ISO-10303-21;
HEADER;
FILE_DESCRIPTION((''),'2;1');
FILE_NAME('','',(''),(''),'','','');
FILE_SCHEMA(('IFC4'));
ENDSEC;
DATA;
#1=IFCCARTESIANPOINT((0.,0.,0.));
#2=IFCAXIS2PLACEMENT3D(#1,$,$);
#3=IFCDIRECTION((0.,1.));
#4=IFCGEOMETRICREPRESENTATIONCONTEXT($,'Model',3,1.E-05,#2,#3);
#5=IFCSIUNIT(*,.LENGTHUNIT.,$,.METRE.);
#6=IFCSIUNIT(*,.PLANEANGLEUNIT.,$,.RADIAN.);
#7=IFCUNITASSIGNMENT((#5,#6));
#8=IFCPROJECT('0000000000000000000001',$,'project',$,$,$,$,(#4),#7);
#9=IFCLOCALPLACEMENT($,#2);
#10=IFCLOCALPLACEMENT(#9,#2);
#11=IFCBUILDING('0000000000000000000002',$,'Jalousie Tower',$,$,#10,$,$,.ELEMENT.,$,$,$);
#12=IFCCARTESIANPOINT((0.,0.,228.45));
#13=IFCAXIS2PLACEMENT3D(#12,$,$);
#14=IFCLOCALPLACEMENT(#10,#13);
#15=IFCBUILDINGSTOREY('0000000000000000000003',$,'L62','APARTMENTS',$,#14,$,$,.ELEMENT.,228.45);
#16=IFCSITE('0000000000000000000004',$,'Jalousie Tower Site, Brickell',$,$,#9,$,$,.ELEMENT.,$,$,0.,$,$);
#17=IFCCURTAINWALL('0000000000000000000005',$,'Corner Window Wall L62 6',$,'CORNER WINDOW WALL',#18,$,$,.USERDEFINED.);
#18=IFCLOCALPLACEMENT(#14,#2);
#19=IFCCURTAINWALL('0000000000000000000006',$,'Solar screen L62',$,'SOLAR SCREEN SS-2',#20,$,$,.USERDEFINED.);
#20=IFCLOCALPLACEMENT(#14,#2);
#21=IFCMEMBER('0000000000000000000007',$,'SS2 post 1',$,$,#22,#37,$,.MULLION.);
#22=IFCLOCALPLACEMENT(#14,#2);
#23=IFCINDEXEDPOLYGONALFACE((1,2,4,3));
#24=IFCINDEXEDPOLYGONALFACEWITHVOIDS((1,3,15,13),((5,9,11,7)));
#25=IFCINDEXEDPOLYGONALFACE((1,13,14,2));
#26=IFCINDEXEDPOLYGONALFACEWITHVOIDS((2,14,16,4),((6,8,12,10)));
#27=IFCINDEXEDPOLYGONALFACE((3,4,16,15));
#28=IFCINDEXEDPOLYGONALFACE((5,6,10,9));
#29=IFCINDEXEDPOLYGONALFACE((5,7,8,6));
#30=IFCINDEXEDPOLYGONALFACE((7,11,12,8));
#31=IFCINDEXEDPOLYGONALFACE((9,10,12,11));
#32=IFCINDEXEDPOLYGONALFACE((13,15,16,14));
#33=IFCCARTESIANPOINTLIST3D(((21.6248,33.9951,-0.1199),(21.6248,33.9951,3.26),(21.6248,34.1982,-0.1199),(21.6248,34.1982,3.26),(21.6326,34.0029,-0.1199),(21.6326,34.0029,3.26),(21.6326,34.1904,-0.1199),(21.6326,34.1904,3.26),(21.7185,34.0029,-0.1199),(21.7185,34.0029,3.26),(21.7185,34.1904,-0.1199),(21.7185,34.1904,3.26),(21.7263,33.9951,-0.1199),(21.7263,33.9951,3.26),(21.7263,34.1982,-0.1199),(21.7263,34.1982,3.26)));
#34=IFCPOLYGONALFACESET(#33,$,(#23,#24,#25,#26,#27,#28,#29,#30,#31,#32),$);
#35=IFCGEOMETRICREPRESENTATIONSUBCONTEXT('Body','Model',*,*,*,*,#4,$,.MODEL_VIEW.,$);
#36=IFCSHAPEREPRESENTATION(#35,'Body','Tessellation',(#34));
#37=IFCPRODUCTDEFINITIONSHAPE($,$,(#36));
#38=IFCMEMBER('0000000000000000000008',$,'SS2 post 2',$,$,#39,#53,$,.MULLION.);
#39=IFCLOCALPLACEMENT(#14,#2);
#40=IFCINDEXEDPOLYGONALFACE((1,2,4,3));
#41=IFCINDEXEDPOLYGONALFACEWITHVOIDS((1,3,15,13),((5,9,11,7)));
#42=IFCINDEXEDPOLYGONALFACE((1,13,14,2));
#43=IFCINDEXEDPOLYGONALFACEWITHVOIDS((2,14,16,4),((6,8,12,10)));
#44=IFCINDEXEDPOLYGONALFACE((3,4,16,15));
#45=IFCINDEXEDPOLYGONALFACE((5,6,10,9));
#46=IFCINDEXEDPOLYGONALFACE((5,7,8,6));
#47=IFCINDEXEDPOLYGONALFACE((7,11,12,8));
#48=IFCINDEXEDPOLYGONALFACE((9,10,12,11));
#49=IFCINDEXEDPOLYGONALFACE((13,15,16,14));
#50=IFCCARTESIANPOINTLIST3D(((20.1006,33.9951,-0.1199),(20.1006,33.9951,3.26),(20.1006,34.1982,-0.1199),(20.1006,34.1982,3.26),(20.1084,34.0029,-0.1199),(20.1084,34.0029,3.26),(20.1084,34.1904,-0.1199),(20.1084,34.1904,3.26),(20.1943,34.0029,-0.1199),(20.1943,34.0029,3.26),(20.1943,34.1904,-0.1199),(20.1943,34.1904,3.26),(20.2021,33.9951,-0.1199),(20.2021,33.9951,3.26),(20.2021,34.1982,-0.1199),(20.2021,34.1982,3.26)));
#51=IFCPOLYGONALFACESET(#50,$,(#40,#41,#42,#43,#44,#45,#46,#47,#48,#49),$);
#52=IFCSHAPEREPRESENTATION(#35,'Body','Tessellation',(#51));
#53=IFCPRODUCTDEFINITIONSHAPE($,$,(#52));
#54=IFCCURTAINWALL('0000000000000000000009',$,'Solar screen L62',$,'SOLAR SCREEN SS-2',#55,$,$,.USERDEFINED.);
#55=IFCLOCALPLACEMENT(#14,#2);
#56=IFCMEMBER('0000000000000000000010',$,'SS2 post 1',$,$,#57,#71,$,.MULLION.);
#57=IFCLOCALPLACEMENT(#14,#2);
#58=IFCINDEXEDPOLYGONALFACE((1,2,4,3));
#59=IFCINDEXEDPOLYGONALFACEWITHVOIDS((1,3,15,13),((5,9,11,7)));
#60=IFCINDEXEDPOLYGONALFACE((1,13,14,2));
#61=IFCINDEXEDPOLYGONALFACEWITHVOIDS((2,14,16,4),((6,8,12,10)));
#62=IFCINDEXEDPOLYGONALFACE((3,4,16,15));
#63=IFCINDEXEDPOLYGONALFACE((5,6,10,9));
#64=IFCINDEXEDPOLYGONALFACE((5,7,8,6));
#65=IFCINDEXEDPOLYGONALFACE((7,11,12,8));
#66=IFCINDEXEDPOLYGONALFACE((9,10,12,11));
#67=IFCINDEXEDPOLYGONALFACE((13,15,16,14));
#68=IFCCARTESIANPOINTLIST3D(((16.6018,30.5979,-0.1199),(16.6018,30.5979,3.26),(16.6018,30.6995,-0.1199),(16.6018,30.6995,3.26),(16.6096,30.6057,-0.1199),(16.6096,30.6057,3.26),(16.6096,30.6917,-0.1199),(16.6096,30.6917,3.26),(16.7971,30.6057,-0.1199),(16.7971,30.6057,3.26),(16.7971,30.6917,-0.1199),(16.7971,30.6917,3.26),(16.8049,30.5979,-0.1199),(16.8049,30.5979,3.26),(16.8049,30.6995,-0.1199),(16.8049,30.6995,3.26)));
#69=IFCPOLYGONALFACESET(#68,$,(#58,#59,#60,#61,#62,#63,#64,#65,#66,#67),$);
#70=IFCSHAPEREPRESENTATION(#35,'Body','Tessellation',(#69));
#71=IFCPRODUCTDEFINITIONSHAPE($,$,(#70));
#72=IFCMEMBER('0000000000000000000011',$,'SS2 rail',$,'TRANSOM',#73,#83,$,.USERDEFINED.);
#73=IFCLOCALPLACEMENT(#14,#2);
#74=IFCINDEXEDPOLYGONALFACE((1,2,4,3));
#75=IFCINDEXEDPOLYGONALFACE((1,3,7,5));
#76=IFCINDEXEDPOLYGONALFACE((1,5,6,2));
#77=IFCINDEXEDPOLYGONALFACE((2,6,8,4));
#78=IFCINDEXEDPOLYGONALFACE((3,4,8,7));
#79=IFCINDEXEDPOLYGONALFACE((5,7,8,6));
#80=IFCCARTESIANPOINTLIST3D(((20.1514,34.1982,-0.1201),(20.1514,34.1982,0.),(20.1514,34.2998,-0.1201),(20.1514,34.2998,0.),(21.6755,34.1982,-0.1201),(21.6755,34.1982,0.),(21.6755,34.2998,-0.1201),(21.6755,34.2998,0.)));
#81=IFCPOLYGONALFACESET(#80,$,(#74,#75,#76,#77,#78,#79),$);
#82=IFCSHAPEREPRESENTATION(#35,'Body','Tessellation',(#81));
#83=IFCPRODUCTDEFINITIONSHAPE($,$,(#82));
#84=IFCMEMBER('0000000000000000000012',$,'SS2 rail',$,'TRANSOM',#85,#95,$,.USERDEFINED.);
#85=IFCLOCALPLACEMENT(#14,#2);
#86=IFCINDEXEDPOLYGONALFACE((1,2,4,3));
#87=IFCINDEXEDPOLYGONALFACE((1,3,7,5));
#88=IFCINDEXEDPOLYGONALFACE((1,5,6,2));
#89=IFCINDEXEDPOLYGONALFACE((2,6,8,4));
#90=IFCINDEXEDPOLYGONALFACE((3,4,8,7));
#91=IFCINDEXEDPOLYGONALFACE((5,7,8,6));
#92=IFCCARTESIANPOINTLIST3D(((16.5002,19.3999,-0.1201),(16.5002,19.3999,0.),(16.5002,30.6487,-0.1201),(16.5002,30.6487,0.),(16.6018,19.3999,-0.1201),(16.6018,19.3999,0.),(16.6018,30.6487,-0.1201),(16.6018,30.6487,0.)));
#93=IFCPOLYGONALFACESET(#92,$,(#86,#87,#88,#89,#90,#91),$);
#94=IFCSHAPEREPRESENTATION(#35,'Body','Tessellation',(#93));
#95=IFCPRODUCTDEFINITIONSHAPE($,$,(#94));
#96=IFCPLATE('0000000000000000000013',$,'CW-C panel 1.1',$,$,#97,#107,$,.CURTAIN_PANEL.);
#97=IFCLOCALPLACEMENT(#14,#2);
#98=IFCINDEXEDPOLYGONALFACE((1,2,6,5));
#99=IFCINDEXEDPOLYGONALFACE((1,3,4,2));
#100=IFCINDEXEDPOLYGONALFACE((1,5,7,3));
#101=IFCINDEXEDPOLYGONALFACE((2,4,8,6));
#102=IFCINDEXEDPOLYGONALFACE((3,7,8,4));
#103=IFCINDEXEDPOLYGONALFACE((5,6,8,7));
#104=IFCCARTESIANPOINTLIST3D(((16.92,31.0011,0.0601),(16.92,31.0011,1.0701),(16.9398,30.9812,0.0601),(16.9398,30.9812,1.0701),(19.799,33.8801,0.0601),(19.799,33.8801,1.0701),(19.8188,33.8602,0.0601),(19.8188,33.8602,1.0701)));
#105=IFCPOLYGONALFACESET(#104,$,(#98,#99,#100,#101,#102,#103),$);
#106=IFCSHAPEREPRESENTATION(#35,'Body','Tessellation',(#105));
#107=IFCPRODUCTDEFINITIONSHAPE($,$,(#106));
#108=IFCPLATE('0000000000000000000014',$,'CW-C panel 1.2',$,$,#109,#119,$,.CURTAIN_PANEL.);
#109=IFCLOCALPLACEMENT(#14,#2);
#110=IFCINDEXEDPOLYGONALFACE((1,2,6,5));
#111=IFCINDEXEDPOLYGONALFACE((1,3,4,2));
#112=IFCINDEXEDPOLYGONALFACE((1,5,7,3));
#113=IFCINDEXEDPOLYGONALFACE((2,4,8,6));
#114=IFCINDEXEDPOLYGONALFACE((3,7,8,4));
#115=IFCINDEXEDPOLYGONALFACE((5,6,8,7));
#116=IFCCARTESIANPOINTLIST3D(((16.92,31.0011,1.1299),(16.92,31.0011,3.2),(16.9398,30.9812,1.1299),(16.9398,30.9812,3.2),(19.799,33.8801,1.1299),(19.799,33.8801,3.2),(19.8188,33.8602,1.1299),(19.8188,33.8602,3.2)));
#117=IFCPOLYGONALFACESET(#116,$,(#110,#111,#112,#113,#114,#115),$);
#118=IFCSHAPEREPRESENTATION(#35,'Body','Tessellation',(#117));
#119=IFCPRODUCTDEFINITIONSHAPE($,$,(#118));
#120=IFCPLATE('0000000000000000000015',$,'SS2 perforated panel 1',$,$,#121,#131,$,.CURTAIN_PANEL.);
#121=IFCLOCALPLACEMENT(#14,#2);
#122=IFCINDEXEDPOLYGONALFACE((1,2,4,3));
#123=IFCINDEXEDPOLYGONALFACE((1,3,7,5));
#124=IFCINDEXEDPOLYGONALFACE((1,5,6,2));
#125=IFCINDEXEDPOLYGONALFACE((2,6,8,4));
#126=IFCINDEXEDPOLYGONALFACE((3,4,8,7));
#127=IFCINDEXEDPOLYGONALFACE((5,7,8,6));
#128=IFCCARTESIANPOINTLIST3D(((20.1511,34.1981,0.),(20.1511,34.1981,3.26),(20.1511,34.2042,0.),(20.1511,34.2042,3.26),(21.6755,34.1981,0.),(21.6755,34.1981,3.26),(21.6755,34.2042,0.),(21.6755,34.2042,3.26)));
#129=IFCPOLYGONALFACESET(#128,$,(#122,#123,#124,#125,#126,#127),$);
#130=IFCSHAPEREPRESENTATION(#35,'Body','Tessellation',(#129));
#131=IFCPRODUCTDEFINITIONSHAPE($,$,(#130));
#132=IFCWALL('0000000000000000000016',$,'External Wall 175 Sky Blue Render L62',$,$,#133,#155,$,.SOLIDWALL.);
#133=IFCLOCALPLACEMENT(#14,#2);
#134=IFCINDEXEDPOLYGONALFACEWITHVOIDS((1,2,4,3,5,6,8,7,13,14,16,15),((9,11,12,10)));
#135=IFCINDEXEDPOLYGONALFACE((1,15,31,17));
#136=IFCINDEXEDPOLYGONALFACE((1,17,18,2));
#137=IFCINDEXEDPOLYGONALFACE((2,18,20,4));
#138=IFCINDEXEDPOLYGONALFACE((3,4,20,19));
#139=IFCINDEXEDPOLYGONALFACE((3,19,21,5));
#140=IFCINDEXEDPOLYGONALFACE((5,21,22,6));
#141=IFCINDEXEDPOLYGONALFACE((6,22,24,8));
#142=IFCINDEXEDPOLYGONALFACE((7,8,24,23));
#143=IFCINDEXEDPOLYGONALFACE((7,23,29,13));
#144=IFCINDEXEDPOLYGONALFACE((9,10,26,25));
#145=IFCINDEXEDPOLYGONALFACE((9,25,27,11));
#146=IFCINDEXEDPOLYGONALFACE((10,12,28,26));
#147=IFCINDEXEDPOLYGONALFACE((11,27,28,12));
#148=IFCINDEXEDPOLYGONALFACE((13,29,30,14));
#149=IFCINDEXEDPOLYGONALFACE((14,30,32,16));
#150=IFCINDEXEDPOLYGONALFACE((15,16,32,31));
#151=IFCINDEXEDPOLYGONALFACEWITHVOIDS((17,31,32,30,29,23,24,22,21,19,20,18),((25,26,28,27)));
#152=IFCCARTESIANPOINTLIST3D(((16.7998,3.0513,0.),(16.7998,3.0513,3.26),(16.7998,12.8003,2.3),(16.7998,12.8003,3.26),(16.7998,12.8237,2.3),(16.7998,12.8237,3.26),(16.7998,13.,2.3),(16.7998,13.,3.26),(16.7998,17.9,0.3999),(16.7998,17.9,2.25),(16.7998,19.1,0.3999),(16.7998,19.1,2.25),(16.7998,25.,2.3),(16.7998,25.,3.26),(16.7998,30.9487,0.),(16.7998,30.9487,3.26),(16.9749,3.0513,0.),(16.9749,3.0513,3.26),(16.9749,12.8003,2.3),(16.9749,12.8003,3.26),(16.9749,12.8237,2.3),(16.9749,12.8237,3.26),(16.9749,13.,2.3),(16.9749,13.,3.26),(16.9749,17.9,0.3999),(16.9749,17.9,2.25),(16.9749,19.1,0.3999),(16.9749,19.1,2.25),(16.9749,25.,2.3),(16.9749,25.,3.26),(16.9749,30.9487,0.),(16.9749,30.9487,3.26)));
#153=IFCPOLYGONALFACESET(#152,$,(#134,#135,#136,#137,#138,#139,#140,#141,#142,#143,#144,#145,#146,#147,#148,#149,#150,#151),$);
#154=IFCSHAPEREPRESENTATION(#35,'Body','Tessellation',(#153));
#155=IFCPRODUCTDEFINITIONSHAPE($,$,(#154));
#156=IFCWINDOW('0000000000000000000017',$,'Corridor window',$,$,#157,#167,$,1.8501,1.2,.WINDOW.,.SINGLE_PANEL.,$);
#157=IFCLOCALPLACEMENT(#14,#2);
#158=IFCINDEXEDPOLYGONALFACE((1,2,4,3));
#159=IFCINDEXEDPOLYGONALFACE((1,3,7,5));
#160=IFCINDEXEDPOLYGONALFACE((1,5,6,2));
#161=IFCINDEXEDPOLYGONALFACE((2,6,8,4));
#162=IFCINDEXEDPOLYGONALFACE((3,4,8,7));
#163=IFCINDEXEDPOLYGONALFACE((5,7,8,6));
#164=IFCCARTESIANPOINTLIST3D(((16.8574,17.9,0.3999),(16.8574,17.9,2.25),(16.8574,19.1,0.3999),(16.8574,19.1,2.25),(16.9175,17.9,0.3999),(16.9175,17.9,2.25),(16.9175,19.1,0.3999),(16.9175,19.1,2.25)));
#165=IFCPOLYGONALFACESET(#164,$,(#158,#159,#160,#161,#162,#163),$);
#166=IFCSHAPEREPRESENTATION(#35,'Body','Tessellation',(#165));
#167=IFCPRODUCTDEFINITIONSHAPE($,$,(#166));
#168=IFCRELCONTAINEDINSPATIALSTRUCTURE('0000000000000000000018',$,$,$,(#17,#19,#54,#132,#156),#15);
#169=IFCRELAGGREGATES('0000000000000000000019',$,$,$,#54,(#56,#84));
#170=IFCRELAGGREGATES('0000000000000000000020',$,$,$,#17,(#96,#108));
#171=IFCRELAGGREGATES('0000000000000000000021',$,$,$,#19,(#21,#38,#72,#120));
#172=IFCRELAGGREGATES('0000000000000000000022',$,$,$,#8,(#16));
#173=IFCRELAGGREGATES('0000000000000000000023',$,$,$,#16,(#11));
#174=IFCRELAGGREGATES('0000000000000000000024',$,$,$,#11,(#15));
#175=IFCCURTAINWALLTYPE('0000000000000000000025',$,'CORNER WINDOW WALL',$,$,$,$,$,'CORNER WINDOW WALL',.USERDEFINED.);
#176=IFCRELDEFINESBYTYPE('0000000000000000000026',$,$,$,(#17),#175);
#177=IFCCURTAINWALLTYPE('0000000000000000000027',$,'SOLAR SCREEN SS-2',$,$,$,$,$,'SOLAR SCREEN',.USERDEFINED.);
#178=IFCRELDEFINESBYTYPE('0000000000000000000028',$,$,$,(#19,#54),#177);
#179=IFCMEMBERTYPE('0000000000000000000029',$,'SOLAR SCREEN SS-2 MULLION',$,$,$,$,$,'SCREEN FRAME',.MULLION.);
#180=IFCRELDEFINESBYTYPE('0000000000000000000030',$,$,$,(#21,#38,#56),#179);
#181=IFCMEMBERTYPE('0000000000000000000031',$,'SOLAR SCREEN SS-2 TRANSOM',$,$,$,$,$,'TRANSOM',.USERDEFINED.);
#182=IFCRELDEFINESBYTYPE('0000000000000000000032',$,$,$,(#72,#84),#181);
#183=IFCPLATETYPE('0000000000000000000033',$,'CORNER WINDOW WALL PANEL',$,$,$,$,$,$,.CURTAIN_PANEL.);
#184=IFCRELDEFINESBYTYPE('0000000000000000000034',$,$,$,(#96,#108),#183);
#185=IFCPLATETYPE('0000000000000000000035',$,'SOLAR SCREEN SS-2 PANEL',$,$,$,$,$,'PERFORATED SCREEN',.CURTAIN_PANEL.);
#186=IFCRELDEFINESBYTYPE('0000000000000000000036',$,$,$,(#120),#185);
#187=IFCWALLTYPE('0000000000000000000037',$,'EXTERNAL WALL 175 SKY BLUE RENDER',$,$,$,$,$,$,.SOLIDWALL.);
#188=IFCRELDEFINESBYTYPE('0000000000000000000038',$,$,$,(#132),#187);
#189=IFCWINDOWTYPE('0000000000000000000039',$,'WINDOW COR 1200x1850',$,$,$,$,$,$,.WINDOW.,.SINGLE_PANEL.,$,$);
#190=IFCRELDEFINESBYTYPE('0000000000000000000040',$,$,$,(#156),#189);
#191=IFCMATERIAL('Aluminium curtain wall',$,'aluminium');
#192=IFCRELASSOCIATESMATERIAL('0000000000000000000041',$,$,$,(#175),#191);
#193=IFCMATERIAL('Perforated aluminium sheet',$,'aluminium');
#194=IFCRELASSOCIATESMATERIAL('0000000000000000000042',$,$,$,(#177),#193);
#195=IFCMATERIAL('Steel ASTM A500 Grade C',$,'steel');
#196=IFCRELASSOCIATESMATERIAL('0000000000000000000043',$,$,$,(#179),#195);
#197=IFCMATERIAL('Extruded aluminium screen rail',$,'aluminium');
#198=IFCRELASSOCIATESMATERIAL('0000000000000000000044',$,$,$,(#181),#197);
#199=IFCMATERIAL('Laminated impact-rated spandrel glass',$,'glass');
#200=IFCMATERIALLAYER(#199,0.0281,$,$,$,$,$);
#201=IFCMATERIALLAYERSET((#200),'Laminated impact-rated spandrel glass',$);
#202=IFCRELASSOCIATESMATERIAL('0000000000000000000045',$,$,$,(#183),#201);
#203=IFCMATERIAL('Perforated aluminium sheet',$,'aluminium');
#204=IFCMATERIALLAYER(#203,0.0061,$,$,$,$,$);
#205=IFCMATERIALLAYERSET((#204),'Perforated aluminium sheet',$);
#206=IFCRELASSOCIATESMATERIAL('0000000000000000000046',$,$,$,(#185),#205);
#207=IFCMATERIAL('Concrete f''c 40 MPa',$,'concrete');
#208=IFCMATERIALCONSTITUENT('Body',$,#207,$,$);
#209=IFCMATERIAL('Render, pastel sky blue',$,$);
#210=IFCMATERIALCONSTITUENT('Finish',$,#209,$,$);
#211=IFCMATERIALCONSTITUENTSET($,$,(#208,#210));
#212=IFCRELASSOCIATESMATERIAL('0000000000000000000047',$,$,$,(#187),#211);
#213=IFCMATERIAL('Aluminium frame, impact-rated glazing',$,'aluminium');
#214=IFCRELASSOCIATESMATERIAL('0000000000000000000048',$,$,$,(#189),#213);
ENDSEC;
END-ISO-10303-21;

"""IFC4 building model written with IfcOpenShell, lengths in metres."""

from ifc_helpers import new_model, si_unit, direction, frame, frame_2d, origin, origin_2d, place, context, subcontext, project, spatial, polyline, rectangle, hollow_rectangle, outline, extrude, material, layer, layer_set, constituent, constituent_set, material_profile, profile_set, type_object, element, fill, aggregate, save


model = new_model("IFC4")

# Units and contexts
model_context = context("Model", 3, precision=1e-05, world=origin(), true_north=direction((0.0, 1.0)))
body_context = subcontext(model_context, "Body", "Model", "MODEL_VIEW")
ifc_project = project(units=[si_unit("LENGTHUNIT", "METRE"), si_unit("PLANEANGLEUNIT", "RADIAN")], contexts=[model_context])

# Site, building, storey
site_placement = place(None, origin())
site = spatial("IfcSite", under=ifc_project, at=site_placement, Name="Jalousie Tower Site, Brickell", CompositionType="ELEMENT", RefElevation=0.0)
building_placement = place(site_placement, origin())
building = spatial("IfcBuilding", under=site, at=building_placement, Name="Jalousie Tower", CompositionType="ELEMENT")
storey_placement = place(building_placement, frame((0.0, 0.0, 228.45)))
storey = spatial("IfcBuildingStorey", under=building, at=storey_placement, Name="L62", Description="APARTMENTS", CompositionType="ELEMENT", Elevation=228.45)

# Curtain wall
ifc_material_1 = material(Name="Aluminium curtain wall", Category="aluminium")
curtain_wall_type_1 = type_object("IfcCurtainWallType", Name="CORNER WINDOW WALL", ElementType="CORNER WINDOW WALL", PredefinedType="USERDEFINED", material=ifc_material_1)
curtain_wall_1_placement = place(storey_placement, origin())
curtain_wall_1 = element("IfcCurtainWall", 1, at=curtain_wall_1_placement, inside=storey, type_object=curtain_wall_type_1, Name="Corner Window Wall L62 6", ObjectType="CORNER WINDOW WALL", PredefinedType="USERDEFINED")

# Curtain wall, members
ifc_material_2 = material(Name="Perforated aluminium sheet", Category="aluminium")
curtain_wall_type_2 = type_object("IfcCurtainWallType", Name="SOLAR SCREEN SS-2", ElementType="SOLAR SCREEN", PredefinedType="USERDEFINED", material=ifc_material_2)
curtain_wall_2_placement = place(storey_placement, origin())
curtain_wall_2 = element("IfcCurtainWall", 2, at=curtain_wall_2_placement, inside=storey, type_object=curtain_wall_type_2, Name="Solar screen L62", ObjectType="SOLAR SCREEN SS-2", PredefinedType="USERDEFINED")
ifc_material_3 = material(Name="Steel ASTM A500 Grade C", Category="steel")
ifc_material_profile_1 = material_profile(ifc_material_3, hollow_rectangle(XDim=0.1016, YDim=0.2031, WallThickness=0.0078, at=origin_2d()), Name="HSS8X4X5/16")
ifc_profile_set_1 = profile_set([ifc_material_profile_1], Name="Steel ASTM A500 Grade C")
member_type_1 = type_object("IfcMemberType", Name="SOLAR SCREEN SS-2 MULLION", ElementType="SCREEN FRAME", PredefinedType="MULLION", material=ifc_profile_set_1)
member_1_placement = place(storey_placement, frame((21.6755, 34.0967, -0.1199), z_axis=(0.0, 0.0, 1.0), x_axis=(-1.0, 0.0, 0.0)))
member_1 = element("IfcMember", 3, at=member_1_placement, type_object=member_type_1, Name="SS2 post 1", PredefinedType="MULLION", context=body_context, shape_type="SweptSolid", body=[
    extrude(hollow_rectangle(XDim=0.1016, YDim=0.2031, WallThickness=0.0078, at=origin_2d()), origin(), (0.0, 0.0, 1.0), 3.3799),
])
member_2_placement = place(storey_placement, frame((20.1514, 34.0967, -0.1199), z_axis=(0.0, 0.0, 1.0), x_axis=(-1.0, 0.0, 0.0)))
member_2 = element("IfcMember", 4, at=member_2_placement, type_object=member_type_1, Name="SS2 post 2", PredefinedType="MULLION", context=body_context, shape_type="SweptSolid", body=[
    extrude(hollow_rectangle(XDim=0.1016, YDim=0.2031, WallThickness=0.0078, at=origin_2d()), origin(), (0.0, 0.0, 1.0), 3.3799),
])

# Curtain wall, member
curtain_wall_3_placement = place(storey_placement, origin())
curtain_wall_3 = element("IfcCurtainWall", 5, at=curtain_wall_3_placement, inside=storey, type_object=curtain_wall_type_2, Name="Solar screen L62", ObjectType="SOLAR SCREEN SS-2", PredefinedType="USERDEFINED")
member_3_placement = place(storey_placement, frame((16.7034, 30.6487, -0.1199), z_axis=(0.0, 0.0, 1.0), x_axis=(0.0, -1.0, 0.0)))
member_3 = element("IfcMember", 6, at=member_3_placement, type_object=member_type_1, Name="SS2 post 1", PredefinedType="MULLION", context=body_context, shape_type="SweptSolid", body=[
    extrude(hollow_rectangle(XDim=0.1016, YDim=0.2031, WallThickness=0.0078, at=origin_2d()), origin(), (0.0, 0.0, 1.0), 3.3799),
])

# Members
ifc_material_4 = material(Name="Extruded aluminium screen rail", Category="aluminium")
ifc_material_profile_2 = material_profile(ifc_material_4, rectangle(XDim=0.1016, YDim=0.1201, at=origin_2d()), Name="RAIL 102x120")
ifc_profile_set_2 = profile_set([ifc_material_profile_2], Name="Extruded aluminium screen rail")
member_type_2 = type_object("IfcMemberType", Name="SOLAR SCREEN SS-2 TRANSOM", ElementType="TRANSOM", PredefinedType="USERDEFINED", material=ifc_profile_set_2)
member_4_placement = place(storey_placement, frame((21.6755, 34.249, -0.0601), z_axis=(-1.0, 0.0, 0.0), x_axis=(0.0, -1.0, 0.0)))
member_4 = element("IfcMember", 7, at=member_4_placement, type_object=member_type_2, Name="SS2 rail", ObjectType="TRANSOM", PredefinedType="USERDEFINED", context=body_context, shape_type="SweptSolid", body=[
    extrude(rectangle(XDim=0.1016, YDim=0.1201, at=origin_2d()), origin(), (0.0, 0.0, 1.0), 1.5242),
])
member_5_placement = place(storey_placement, frame((16.551, 30.6487, -0.0601), z_axis=(0.0, -1.0, 0.0), x_axis=(1.0, 0.0, 0.0)))
member_5 = element("IfcMember", 8, at=member_5_placement, type_object=member_type_2, Name="SS2 rail", ObjectType="TRANSOM", PredefinedType="USERDEFINED", context=body_context, shape_type="SweptSolid", body=[
    extrude(rectangle(XDim=0.1016, YDim=0.1201, at=origin_2d()), origin(), (0.0, 0.0, 1.0), 11.2488),
])
aggregate(curtain_wall_3, [member_3, member_5])

# Plates
ifc_material_5 = material(Name="Laminated impact-rated spandrel glass", Category="glass")
ifc_layer_1 = layer(ifc_material_5, 0.0281)
ifc_layer_set_1 = layer_set([ifc_layer_1], Name="Laminated impact-rated spandrel glass")
plate_type_1 = type_object("IfcPlateType", Name="CORNER WINDOW WALL PANEL", PredefinedType="CURTAIN_PANEL", material=ifc_layer_set_1)
plate_1_placement = place(storey_placement, frame((18.3694, 32.4307, 0.0601), z_axis=(0.0, 0.0, 1.0), x_axis=(-0.707107, -0.707107, 0.0)))
plate_1 = element("IfcPlate", 9, at=plate_1_placement, type_object=plate_type_1, Name="CW-C panel 1.1", PredefinedType="CURTAIN_PANEL", context=body_context, shape_type="SweptSolid", body=[
    extrude(rectangle(XDim=4.0715, YDim=0.0281, at=origin_2d()), origin(), (0.0, 0.0, 1.0), 1.01),
])
plate_2_placement = place(storey_placement, frame((18.3694, 32.4307, 1.1299), z_axis=(0.0, 0.0, 1.0), x_axis=(-0.707107, -0.707107, 0.0)))
plate_2 = element("IfcPlate", 10, at=plate_2_placement, type_object=plate_type_1, Name="CW-C panel 1.2", PredefinedType="CURTAIN_PANEL", context=body_context, shape_type="SweptSolid", body=[
    extrude(rectangle(XDim=4.0715, YDim=0.0281, at=origin_2d()), origin(), (0.0, 0.0, 1.0), 2.0701),
])
aggregate(curtain_wall_1, [plate_1, plate_2])
ifc_material_6 = material(Name="Perforated aluminium sheet", Category="aluminium")
ifc_layer_2 = layer(ifc_material_6, 0.0061)
ifc_layer_set_2 = layer_set([ifc_layer_2], Name="Perforated aluminium sheet")
plate_type_2 = type_object("IfcPlateType", Name="SOLAR SCREEN SS-2 PANEL", ElementType="PERFORATED SCREEN", PredefinedType="CURTAIN_PANEL", material=ifc_layer_set_2)
plate_3_placement = place(storey_placement, frame((20.9133, 34.2012, 0.0), z_axis=(0.0, 0.0, 1.0), x_axis=(-1.0, 0.0, 0.0)))
plate_3 = element("IfcPlate", 11, at=plate_3_placement, type_object=plate_type_2, Name="SS2 perforated panel 1", PredefinedType="CURTAIN_PANEL", context=body_context, shape_type="SweptSolid", body=[
    extrude(rectangle(XDim=1.5244, YDim=0.0061, at=origin_2d()), origin(), (0.0, 0.0, 1.0), 3.26),
])
aggregate(curtain_wall_2, [member_1, member_2, member_4, plate_3])

# Wall, opening, window
ifc_material_7 = material(Name="Concrete f'c 40 MPa", Category="concrete")
ifc_constituent_1 = constituent(ifc_material_7, Name="Body")
ifc_material_8 = material(Name="Render, pastel sky blue")
ifc_constituent_2 = constituent(ifc_material_8, Name="Finish")
ifc_constituent_set_1 = constituent_set(constituents=[ifc_constituent_1, ifc_constituent_2])
wall_type_1 = type_object("IfcWallType", Name="EXTERNAL WALL 175 SKY BLUE RENDER", PredefinedType="SOLIDWALL", material=ifc_constituent_set_1)
wall_1_placement = place(storey_placement, frame((16.8875, 30.9487, 0.0), z_axis=(0.0, 0.0, 1.0), x_axis=(0.0, -1.0, 0.0)))
wall_1 = element("IfcWall", 12, at=wall_1_placement, inside=storey, type_object=wall_type_1, Name="External Wall 175 Sky Blue Render L62", PredefinedType="SOLIDWALL", context=body_context, shape_type="SweptSolid", body=[
    extrude(outline(polyline([(0.0, 0.0), (27.8975, 0.0), (27.8975, 3.26), (18.1484, 3.26), (18.1484, 2.3), (18.125, 2.3), (18.125, 3.26), (17.9487, 3.26), (17.9487, 2.3), (5.9487, 2.3), (5.9487, 3.26), (0.0, 3.26), (0.0, 0.0)])), frame((0.0, 0.0874, 0.0), z_axis=(0.0, -1.0, 0.0), x_axis=(1.0, 0.0, 0.0)), (0.0, 0.0, 1.0), 0.175),
])
opening_1_placement = place(wall_1_placement, frame((11.8486, 0.0, 0.3999)))
opening_1 = element("IfcOpeningElement", 13, at=opening_1_placement, cuts=wall_1, PredefinedType="OPENING", context=body_context, shape_type="SweptSolid", body=[
    extrude(rectangle(XDim=1.2, YDim=1.8501, at=frame_2d((0.6001, 0.925))), frame((0.0, 0.0974, 0.0), z_axis=(0.0, -1.0, 0.0), x_axis=(1.0, 0.0, 0.0)), (0.0, 0.0, 1.0), 0.1951),
])
ifc_material_9 = material(Name="Aluminium frame, impact-rated glazing", Category="aluminium")
window_type = type_object("IfcWindowType", Name="WINDOW COR 1200x1850", PartitioningType="SINGLE_PANEL", PredefinedType="WINDOW", material=ifc_material_9)
window_placement = place(opening_1_placement, origin())
window = element("IfcWindow", 14, at=window_placement, inside=storey, type_object=window_type, Name="Corridor window", OverallHeight=1.8501, OverallWidth=1.2, PartitioningType="SINGLE_PANEL", PredefinedType="WINDOW", context=body_context, shape_type="SweptSolid", body=[
    extrude(rectangle(XDim=1.2, YDim=1.8501, at=frame_2d((0.6001, 0.925))), frame((0.0, 0.03, 0.0), z_axis=(0.0, -1.0, 0.0), x_axis=(1.0, 0.0, 0.0)), (0.0, 0.0, 1.0), 0.0601),
])
fill(opening_1, window)

save(model, "model.ifc")
